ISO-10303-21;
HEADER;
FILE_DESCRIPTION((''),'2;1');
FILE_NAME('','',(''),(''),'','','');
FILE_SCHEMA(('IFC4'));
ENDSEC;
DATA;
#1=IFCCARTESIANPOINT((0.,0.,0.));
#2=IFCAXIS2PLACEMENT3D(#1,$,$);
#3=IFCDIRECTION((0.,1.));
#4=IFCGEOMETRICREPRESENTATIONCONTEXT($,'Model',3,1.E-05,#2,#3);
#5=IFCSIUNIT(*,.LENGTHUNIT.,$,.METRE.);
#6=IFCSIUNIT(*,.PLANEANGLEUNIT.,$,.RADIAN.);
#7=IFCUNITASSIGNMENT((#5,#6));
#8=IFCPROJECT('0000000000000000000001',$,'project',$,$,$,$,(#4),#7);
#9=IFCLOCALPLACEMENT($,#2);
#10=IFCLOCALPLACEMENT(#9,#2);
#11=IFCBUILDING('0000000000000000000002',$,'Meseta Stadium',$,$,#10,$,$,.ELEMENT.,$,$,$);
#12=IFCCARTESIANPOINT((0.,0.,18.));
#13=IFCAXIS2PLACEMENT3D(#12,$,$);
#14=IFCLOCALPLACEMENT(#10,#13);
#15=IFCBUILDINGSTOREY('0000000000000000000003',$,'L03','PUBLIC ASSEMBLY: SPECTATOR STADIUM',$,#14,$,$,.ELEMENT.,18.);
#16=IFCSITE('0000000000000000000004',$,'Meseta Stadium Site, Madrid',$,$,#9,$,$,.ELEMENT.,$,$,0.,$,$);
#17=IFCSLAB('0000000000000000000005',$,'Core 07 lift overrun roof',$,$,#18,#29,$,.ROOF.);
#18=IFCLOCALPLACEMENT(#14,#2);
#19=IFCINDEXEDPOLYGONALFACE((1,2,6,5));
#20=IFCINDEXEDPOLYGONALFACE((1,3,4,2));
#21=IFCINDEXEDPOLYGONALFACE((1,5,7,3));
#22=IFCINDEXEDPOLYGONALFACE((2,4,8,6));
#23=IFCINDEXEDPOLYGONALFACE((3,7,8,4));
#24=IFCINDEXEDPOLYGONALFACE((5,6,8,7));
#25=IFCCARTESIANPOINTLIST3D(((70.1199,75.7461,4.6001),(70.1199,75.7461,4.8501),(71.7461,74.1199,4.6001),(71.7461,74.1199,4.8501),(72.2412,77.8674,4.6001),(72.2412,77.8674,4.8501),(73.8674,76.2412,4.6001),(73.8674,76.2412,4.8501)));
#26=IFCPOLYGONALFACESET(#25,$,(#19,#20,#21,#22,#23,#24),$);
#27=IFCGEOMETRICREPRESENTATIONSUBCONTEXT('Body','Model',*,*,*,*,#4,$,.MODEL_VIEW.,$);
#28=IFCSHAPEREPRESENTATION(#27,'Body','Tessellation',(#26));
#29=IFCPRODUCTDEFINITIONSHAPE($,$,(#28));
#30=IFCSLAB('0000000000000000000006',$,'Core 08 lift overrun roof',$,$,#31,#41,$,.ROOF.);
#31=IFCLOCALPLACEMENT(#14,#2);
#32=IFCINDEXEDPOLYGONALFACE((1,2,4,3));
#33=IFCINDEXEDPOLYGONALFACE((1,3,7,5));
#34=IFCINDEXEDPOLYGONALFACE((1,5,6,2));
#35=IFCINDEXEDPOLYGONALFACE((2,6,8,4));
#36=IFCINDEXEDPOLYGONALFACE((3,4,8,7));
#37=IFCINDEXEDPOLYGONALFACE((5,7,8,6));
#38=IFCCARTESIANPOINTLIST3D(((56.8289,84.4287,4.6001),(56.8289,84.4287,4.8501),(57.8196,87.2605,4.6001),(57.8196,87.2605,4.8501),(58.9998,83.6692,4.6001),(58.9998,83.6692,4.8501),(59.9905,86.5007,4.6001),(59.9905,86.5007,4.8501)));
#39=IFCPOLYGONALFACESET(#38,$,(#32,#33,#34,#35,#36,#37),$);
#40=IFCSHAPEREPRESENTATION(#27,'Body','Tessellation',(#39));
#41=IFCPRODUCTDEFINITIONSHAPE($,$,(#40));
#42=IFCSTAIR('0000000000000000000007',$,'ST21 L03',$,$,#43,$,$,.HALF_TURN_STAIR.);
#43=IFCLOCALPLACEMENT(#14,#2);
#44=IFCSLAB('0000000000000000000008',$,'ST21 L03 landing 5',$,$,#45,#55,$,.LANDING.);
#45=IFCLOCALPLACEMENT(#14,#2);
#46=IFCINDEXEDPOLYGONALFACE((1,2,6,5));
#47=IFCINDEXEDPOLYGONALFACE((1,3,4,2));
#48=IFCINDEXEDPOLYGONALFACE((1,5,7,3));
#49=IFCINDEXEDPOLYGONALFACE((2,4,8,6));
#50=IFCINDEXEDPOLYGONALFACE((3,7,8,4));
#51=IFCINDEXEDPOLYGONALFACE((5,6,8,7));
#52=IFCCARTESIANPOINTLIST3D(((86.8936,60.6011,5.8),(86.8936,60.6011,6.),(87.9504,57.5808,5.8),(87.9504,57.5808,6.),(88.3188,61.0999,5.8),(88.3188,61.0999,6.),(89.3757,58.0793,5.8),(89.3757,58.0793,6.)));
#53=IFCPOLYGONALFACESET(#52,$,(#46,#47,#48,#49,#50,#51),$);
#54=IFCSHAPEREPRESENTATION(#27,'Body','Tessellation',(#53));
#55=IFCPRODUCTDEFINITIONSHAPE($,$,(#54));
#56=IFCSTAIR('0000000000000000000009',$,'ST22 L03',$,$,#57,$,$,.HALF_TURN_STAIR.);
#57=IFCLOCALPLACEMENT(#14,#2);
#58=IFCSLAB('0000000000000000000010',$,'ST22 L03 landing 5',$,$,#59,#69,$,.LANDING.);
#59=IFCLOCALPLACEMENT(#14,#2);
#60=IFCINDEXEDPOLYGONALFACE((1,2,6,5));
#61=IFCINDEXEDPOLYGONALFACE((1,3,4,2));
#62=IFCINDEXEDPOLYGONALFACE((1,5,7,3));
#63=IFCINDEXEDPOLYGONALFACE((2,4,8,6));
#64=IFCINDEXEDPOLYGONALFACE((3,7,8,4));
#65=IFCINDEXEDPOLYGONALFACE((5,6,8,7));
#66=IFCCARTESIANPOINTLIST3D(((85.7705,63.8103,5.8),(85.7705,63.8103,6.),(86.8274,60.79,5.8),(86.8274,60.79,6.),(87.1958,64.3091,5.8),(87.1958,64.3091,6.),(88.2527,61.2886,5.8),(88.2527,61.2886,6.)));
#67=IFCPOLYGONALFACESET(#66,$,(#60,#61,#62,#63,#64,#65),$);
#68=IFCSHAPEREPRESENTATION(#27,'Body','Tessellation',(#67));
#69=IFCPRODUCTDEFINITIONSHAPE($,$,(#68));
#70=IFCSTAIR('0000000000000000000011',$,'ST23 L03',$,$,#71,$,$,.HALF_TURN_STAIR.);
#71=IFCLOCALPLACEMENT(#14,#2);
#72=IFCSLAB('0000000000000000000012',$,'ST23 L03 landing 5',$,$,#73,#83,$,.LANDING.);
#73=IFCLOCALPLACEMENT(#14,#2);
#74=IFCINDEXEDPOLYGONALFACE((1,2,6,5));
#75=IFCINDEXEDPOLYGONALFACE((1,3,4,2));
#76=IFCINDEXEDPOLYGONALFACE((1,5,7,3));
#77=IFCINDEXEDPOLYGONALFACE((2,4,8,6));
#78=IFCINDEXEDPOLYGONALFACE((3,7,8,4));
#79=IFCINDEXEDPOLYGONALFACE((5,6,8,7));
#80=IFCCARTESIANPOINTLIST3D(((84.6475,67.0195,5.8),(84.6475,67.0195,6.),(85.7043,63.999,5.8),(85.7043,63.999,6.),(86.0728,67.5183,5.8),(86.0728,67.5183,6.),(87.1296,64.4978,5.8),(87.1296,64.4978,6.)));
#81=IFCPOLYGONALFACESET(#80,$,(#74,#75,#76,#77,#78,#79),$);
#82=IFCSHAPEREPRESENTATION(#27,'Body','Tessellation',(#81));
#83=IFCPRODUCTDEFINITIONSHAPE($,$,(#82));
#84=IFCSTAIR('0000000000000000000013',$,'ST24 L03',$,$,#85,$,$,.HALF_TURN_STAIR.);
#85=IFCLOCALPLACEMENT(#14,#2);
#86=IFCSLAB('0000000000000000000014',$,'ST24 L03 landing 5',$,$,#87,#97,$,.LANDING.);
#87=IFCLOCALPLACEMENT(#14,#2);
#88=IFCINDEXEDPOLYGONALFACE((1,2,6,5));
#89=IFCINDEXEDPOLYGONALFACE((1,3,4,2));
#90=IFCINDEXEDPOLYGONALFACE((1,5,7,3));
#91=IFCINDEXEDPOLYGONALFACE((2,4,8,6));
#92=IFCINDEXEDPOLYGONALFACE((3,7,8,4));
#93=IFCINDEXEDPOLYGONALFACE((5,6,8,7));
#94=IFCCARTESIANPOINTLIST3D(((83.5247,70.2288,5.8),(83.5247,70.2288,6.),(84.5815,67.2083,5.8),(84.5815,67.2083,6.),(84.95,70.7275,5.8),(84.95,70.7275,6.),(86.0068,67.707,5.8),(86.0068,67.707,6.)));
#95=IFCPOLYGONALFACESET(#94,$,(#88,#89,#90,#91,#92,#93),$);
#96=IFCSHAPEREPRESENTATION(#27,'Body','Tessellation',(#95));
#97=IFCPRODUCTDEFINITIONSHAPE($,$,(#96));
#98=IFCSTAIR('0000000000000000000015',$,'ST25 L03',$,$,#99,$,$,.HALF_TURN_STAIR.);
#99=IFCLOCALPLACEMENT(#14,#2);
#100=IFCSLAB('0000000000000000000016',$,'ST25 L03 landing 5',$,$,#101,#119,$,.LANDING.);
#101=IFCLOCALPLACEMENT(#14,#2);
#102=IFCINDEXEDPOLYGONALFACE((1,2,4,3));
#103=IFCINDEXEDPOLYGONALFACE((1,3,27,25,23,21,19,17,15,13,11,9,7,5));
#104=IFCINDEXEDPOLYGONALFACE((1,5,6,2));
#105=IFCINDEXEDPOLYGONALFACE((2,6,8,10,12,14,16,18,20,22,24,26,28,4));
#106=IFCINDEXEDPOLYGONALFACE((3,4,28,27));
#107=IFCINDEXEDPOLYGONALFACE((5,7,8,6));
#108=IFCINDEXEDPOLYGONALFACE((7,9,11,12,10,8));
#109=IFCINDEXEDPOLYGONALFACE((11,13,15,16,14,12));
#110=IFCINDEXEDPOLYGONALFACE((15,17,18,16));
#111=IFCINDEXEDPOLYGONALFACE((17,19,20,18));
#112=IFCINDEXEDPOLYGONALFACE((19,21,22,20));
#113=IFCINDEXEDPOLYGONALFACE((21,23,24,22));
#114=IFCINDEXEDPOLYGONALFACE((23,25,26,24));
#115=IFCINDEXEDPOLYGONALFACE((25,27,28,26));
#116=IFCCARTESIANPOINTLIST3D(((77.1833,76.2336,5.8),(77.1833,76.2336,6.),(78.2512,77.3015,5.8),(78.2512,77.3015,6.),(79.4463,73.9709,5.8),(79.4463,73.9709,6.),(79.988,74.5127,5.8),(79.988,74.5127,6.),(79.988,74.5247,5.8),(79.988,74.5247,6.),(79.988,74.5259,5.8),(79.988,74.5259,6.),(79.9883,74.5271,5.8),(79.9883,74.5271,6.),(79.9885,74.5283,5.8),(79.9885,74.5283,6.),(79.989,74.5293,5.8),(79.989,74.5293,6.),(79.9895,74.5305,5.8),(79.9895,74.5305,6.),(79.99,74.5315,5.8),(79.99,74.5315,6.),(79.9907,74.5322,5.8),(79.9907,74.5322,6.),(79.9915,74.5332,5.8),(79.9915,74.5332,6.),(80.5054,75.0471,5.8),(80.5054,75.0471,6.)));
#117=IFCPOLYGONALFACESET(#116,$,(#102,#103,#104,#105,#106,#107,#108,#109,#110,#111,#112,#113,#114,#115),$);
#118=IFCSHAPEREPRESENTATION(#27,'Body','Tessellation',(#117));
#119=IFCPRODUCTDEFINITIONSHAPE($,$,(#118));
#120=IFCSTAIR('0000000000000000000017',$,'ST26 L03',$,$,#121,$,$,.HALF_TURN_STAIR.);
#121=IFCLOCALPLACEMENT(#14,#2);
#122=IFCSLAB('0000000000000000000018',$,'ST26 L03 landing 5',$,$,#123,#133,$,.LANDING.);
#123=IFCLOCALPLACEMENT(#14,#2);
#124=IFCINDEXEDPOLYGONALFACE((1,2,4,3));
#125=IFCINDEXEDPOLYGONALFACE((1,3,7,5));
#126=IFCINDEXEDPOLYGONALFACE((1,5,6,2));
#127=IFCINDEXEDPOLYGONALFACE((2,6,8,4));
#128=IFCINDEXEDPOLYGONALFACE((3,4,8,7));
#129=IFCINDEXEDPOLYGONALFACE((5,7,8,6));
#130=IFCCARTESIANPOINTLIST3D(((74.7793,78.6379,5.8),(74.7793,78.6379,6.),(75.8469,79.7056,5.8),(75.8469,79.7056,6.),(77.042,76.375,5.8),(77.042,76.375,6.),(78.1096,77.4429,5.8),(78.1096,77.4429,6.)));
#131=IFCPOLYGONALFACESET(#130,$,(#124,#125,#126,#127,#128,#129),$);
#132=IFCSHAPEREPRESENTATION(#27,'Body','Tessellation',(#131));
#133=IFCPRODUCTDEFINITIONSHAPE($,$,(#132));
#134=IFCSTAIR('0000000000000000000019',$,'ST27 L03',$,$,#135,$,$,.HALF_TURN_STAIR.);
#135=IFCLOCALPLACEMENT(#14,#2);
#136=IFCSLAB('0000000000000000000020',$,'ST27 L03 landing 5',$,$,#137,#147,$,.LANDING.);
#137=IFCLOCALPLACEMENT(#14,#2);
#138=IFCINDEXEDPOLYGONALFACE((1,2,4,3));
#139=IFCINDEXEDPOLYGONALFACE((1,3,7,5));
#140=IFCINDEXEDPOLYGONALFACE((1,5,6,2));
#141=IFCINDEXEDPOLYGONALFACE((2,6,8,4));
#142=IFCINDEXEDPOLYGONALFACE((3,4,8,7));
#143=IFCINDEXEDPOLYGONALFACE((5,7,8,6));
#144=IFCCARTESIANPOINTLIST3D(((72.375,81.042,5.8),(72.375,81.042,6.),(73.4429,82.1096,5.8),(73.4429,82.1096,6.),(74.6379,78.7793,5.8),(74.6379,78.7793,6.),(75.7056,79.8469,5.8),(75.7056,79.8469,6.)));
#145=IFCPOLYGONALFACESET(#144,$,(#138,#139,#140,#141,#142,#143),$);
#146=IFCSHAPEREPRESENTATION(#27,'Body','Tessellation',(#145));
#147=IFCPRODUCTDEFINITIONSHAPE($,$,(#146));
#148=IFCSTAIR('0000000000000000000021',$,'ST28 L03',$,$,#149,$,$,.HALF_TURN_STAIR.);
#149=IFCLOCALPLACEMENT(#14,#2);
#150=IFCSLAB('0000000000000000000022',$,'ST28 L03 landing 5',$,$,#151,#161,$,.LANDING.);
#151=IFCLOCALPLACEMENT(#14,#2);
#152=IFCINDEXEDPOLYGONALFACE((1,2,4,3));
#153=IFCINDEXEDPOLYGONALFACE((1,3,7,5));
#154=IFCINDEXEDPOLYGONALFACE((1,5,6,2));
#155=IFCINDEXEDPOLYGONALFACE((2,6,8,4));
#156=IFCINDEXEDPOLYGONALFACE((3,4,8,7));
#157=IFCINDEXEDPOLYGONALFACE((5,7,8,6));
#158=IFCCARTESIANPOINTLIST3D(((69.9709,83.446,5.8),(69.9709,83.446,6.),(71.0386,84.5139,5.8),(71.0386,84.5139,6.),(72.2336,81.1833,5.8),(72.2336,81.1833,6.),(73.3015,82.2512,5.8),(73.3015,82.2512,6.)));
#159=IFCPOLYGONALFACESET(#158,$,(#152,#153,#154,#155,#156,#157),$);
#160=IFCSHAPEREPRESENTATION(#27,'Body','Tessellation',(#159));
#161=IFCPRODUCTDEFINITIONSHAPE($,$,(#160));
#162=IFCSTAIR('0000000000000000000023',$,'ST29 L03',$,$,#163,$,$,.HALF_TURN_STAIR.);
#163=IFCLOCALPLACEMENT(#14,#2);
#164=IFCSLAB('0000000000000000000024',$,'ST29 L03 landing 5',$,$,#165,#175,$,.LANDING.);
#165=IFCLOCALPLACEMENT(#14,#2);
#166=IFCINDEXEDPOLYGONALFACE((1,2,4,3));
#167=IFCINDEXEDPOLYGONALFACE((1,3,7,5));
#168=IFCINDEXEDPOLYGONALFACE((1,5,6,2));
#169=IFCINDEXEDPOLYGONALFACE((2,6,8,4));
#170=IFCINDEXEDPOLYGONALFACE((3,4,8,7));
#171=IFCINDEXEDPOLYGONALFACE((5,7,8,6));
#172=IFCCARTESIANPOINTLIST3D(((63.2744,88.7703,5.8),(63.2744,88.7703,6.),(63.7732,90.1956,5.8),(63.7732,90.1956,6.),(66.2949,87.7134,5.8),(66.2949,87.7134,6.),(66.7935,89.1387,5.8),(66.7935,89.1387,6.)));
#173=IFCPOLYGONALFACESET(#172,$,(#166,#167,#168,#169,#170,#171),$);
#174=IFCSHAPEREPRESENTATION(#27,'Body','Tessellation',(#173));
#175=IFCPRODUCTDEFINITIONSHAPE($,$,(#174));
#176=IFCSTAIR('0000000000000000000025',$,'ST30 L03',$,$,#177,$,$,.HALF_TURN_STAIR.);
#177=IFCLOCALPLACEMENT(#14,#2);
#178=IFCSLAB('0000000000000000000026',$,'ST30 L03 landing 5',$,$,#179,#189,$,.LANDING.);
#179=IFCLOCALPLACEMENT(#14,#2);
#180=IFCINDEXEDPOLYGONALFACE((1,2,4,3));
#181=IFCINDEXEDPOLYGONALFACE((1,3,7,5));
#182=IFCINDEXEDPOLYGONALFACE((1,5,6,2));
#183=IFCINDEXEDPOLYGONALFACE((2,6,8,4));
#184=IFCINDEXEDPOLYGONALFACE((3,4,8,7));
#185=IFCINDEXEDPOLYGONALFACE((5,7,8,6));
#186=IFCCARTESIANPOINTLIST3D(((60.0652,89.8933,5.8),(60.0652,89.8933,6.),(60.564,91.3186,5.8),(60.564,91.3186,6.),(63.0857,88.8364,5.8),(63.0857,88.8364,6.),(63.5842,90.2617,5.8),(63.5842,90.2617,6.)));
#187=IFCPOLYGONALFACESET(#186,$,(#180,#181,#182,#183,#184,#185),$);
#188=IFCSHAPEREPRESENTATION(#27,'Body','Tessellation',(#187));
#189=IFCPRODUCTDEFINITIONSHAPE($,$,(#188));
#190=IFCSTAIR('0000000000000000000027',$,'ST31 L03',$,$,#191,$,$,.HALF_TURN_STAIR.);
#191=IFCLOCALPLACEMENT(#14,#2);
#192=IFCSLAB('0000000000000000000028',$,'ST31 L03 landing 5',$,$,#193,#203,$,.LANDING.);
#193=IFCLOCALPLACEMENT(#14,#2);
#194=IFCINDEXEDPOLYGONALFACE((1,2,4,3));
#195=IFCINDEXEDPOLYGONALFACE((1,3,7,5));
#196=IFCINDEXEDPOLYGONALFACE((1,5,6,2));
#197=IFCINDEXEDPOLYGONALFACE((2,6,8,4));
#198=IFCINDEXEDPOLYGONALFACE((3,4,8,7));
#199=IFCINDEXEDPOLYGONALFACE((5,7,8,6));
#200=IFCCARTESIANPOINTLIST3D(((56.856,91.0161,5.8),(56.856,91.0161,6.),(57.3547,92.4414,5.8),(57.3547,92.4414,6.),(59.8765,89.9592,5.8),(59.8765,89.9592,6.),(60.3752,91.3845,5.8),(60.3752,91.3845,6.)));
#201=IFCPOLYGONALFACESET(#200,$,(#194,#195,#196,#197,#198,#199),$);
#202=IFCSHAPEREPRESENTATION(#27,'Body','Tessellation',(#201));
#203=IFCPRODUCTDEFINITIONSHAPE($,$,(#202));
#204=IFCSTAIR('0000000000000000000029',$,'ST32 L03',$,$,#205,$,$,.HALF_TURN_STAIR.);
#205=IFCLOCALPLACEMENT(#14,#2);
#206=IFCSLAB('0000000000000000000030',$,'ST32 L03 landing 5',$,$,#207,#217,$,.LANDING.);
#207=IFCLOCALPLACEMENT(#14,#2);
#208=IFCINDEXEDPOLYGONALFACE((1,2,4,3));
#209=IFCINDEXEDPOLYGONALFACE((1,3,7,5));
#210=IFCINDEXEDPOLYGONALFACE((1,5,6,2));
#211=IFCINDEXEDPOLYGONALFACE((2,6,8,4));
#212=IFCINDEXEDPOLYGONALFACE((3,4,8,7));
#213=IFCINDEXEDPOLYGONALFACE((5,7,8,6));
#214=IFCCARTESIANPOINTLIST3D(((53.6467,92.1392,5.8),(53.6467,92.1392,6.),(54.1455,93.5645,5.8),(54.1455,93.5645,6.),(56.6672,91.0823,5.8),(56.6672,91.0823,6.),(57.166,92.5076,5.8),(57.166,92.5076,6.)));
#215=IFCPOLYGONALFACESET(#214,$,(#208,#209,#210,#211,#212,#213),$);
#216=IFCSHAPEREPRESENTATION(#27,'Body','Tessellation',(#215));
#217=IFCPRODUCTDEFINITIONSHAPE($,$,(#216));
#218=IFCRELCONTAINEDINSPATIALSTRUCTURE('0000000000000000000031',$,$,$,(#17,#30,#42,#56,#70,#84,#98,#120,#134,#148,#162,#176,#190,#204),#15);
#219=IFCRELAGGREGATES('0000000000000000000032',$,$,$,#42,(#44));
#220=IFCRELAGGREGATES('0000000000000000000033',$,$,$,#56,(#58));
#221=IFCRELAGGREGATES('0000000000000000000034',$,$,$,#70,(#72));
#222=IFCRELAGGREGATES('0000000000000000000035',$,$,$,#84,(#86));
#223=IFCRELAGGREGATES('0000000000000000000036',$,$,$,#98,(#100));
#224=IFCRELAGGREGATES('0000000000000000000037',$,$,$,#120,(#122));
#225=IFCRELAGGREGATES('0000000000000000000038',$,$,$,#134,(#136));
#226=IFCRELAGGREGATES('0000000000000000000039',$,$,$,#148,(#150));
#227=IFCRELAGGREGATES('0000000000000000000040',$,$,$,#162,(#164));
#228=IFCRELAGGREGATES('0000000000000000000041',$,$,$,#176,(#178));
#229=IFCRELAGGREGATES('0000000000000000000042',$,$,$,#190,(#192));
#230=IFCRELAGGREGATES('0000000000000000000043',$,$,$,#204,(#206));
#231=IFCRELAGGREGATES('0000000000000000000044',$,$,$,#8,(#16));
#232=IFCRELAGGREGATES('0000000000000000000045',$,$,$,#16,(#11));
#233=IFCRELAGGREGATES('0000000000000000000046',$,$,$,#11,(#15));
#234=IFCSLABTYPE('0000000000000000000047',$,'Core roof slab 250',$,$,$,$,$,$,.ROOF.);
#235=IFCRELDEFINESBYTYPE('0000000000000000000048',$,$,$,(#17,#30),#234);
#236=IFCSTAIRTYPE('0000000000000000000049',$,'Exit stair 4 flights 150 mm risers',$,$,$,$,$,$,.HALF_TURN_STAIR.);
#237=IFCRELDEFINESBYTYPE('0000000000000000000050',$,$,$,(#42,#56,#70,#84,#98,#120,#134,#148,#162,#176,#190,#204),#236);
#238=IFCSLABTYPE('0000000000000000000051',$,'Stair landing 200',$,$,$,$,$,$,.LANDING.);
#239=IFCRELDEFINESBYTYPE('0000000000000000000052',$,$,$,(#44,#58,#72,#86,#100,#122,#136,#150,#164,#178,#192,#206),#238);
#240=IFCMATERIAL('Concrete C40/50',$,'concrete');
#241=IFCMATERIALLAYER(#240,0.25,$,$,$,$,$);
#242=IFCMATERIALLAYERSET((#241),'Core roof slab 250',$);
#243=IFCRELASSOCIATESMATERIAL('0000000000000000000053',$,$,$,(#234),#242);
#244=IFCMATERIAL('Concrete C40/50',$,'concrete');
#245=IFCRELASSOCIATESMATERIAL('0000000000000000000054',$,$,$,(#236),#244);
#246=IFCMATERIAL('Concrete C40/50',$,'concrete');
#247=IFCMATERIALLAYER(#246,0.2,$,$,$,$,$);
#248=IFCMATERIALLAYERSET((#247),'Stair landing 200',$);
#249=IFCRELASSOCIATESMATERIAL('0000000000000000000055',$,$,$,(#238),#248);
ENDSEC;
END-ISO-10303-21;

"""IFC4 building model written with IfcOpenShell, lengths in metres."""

from ifc_helpers import new_model, si_unit, direction, frame, origin, place, context, subcontext, project, spatial, polyline, outline, extrude, material, layer, layer_set, type_object, element, aggregate, save


model = new_model("IFC4")

# Units and contexts
model_context = context("Model", 3, precision=1e-05, world=origin(), true_north=direction((0.0, 1.0)))
body_context = subcontext(model_context, "Body", "Model", "MODEL_VIEW")
ifc_project = project(units=[si_unit("LENGTHUNIT", "METRE"), si_unit("PLANEANGLEUNIT", "RADIAN")], contexts=[model_context])

# Site, building, storey
site_placement = place(None, origin())
site = spatial("IfcSite", under=ifc_project, at=site_placement, Name="Meseta Stadium Site, Madrid", CompositionType="ELEMENT", RefElevation=0.0)
building_placement = place(site_placement, origin())
building = spatial("IfcBuilding", under=site, at=building_placement, Name="Meseta Stadium", CompositionType="ELEMENT")
storey_placement = place(building_placement, frame((0.0, 0.0, 18.0)))
storey = spatial("IfcBuildingStorey", under=building, at=storey_placement, Name="L03", Description="PUBLIC ASSEMBLY: SPECTATOR STADIUM", CompositionType="ELEMENT", Elevation=18.0)

# Slabs
ifc_material_1 = material(Name="Concrete C40/50", Category="concrete")
ifc_layer_1 = layer(ifc_material_1, 0.25)
ifc_layer_set_1 = layer_set([ifc_layer_1], Name="Core roof slab 250")
slab_type_1 = type_object("IfcSlabType", Name="Core roof slab 250", PredefinedType="ROOF", material=ifc_layer_set_1)
slab_1_placement = place(storey_placement, frame((0.0, 0.0, 4.6001)))
element("IfcSlab", 1, at=slab_1_placement, inside=storey, type_object=slab_type_1, Name="Core 07 lift overrun roof", PredefinedType="ROOF", context=body_context, shape_type="SweptSolid", body=[
    extrude(outline(polyline([(73.8674, 76.2412), (71.7461, 74.1199), (70.1199, 75.7461), (72.2412, 77.8674), (73.8674, 76.2412)])), origin(), (0.0, 0.0, 1.0), 0.25),
])
slab_2_placement = place(storey_placement, frame((0.0, 0.0, 4.6001)))
element("IfcSlab", 2, at=slab_2_placement, inside=storey, type_object=slab_type_1, Name="Core 08 lift overrun roof", PredefinedType="ROOF", context=body_context, shape_type="SweptSolid", body=[
    extrude(outline(polyline([(59.9905, 86.5007), (58.9998, 83.6692), (56.8289, 84.4287), (57.8196, 87.2605), (59.9905, 86.5007)])), origin(), (0.0, 0.0, 1.0), 0.25),
])

# Stairs, slabs
ifc_material_2 = material(Name="Concrete C40/50", Category="concrete")
stair_type = type_object("IfcStairType", Name="Exit stair 4 flights 150 mm risers", PredefinedType="HALF_TURN_STAIR", material=ifc_material_2)
stair_1_placement = place(storey_placement, origin())
stair_1 = element("IfcStair", 3, at=stair_1_placement, inside=storey, type_object=stair_type, Name="ST21 L03", PredefinedType="HALF_TURN_STAIR")
ifc_material_3 = material(Name="Concrete C40/50", Category="concrete")
ifc_layer_2 = layer(ifc_material_3, 0.2)
ifc_layer_set_2 = layer_set([ifc_layer_2], Name="Stair landing 200")
slab_type_2 = type_object("IfcSlabType", Name="Stair landing 200", PredefinedType="LANDING", material=ifc_layer_set_2)
slab_3_placement = place(storey_placement, frame((0.0, 0.0, 5.8)))
slab_3 = element("IfcSlab", 4, at=slab_3_placement, type_object=slab_type_2, Name="ST21 L03 landing 5", PredefinedType="LANDING", context=body_context, shape_type="SweptSolid", body=[
    extrude(outline(polyline([(87.9504, 57.5808), (89.3757, 58.0793), (88.3188, 61.0999), (86.8936, 60.6011), (87.9504, 57.5808)])), origin(), (0.0, 0.0, 1.0), 0.2),
])
aggregate(stair_1, [slab_3])
stair_2_placement = place(storey_placement, origin())
stair_2 = element("IfcStair", 5, at=stair_2_placement, inside=storey, type_object=stair_type, Name="ST22 L03", PredefinedType="HALF_TURN_STAIR")
slab_4_placement = place(storey_placement, frame((0.0, 0.0, 5.8)))
slab_4 = element("IfcSlab", 6, at=slab_4_placement, type_object=slab_type_2, Name="ST22 L03 landing 5", PredefinedType="LANDING", context=body_context, shape_type="SweptSolid", body=[
    extrude(outline(polyline([(86.8274, 60.79), (88.2527, 61.2886), (87.1958, 64.3091), (85.7705, 63.8103), (86.8274, 60.79)])), origin(), (0.0, 0.0, 1.0), 0.2),
])
aggregate(stair_2, [slab_4])
stair_3_placement = place(storey_placement, origin())
stair_3 = element("IfcStair", 7, at=stair_3_placement, inside=storey, type_object=stair_type, Name="ST23 L03", PredefinedType="HALF_TURN_STAIR")
slab_5_placement = place(storey_placement, frame((0.0, 0.0, 5.8)))
slab_5 = element("IfcSlab", 8, at=slab_5_placement, type_object=slab_type_2, Name="ST23 L03 landing 5", PredefinedType="LANDING", context=body_context, shape_type="SweptSolid", body=[
    extrude(outline(polyline([(85.7043, 63.999), (87.1296, 64.4978), (86.0728, 67.5183), (84.6475, 67.0195), (85.7043, 63.999)])), origin(), (0.0, 0.0, 1.0), 0.2),
])
aggregate(stair_3, [slab_5])
stair_4_placement = place(storey_placement, origin())
stair_4 = element("IfcStair", 9, at=stair_4_placement, inside=storey, type_object=stair_type, Name="ST24 L03", PredefinedType="HALF_TURN_STAIR")
slab_6_placement = place(storey_placement, frame((0.0, 0.0, 5.8)))
slab_6 = element("IfcSlab", 10, at=slab_6_placement, type_object=slab_type_2, Name="ST24 L03 landing 5", PredefinedType="LANDING", context=body_context, shape_type="SweptSolid", body=[
    extrude(outline(polyline([(84.5815, 67.2083), (86.0068, 67.707), (84.95, 70.7275), (83.5247, 70.2288), (84.5815, 67.2083)])), origin(), (0.0, 0.0, 1.0), 0.2),
])
aggregate(stair_4, [slab_6])
stair_5_placement = place(storey_placement, origin())
stair_5 = element("IfcStair", 11, at=stair_5_placement, inside=storey, type_object=stair_type, Name="ST25 L03", PredefinedType="HALF_TURN_STAIR")
slab_7_placement = place(storey_placement, frame((0.0, 0.0, 5.8)))
slab_7 = element("IfcSlab", 12, at=slab_7_placement, type_object=slab_type_2, Name="ST25 L03 landing 5", PredefinedType="LANDING", context=body_context, shape_type="SweptSolid", body=[
    extrude(outline(polyline([(79.4463, 73.9709), (79.988, 74.5127), (79.988, 74.5247), (79.988, 74.5259), (79.9883, 74.5271), (79.9885, 74.5283), (79.989, 74.5293), (79.9895, 74.5305), (79.99, 74.5315), (79.9907, 74.5322), (79.9915, 74.5332), (80.5054, 75.0471), (78.2512, 77.3015), (77.1833, 76.2336), (79.4463, 73.9709)])), origin(), (0.0, 0.0, 1.0), 0.2),
])
aggregate(stair_5, [slab_7])
stair_6_placement = place(storey_placement, origin())
stair_6 = element("IfcStair", 13, at=stair_6_placement, inside=storey, type_object=stair_type, Name="ST26 L03", PredefinedType="HALF_TURN_STAIR")
slab_8_placement = place(storey_placement, frame((0.0, 0.0, 5.8)))
slab_8 = element("IfcSlab", 14, at=slab_8_placement, type_object=slab_type_2, Name="ST26 L03 landing 5", PredefinedType="LANDING", context=body_context, shape_type="SweptSolid", body=[
    extrude(outline(polyline([(77.042, 76.375), (78.1096, 77.4429), (75.8469, 79.7056), (74.7793, 78.6379), (77.042, 76.375)])), origin(), (0.0, 0.0, 1.0), 0.2),
])
aggregate(stair_6, [slab_8])
stair_7_placement = place(storey_placement, origin())
stair_7 = element("IfcStair", 15, at=stair_7_placement, inside=storey, type_object=stair_type, Name="ST27 L03", PredefinedType="HALF_TURN_STAIR")
slab_9_placement = place(storey_placement, frame((0.0, 0.0, 5.8)))
slab_9 = element("IfcSlab", 16, at=slab_9_placement, type_object=slab_type_2, Name="ST27 L03 landing 5", PredefinedType="LANDING", context=body_context, shape_type="SweptSolid", body=[
    extrude(outline(polyline([(74.6379, 78.7793), (75.7056, 79.8469), (73.4429, 82.1096), (72.375, 81.042), (74.6379, 78.7793)])), origin(), (0.0, 0.0, 1.0), 0.2),
])
aggregate(stair_7, [slab_9])
stair_8_placement = place(storey_placement, origin())
stair_8 = element("IfcStair", 17, at=stair_8_placement, inside=storey, type_object=stair_type, Name="ST28 L03", PredefinedType="HALF_TURN_STAIR")
slab_10_placement = place(storey_placement, frame((0.0, 0.0, 5.8)))
slab_10 = element("IfcSlab", 18, at=slab_10_placement, type_object=slab_type_2, Name="ST28 L03 landing 5", PredefinedType="LANDING", context=body_context, shape_type="SweptSolid", body=[
    extrude(outline(polyline([(72.2336, 81.1833), (73.3015, 82.2512), (71.0386, 84.5139), (69.9709, 83.446), (72.2336, 81.1833)])), origin(), (0.0, 0.0, 1.0), 0.2),
])
aggregate(stair_8, [slab_10])
stair_9_placement = place(storey_placement, origin())
stair_9 = element("IfcStair", 19, at=stair_9_placement, inside=storey, type_object=stair_type, Name="ST29 L03", PredefinedType="HALF_TURN_STAIR")
slab_11_placement = place(storey_placement, frame((0.0, 0.0, 5.8)))
slab_11 = element("IfcSlab", 20, at=slab_11_placement, type_object=slab_type_2, Name="ST29 L03 landing 5", PredefinedType="LANDING", context=body_context, shape_type="SweptSolid", body=[
    extrude(outline(polyline([(66.2949, 87.7134), (66.7935, 89.1387), (63.7732, 90.1956), (63.2744, 88.7703), (66.2949, 87.7134)])), origin(), (0.0, 0.0, 1.0), 0.2),
])
aggregate(stair_9, [slab_11])
stair_10_placement = place(storey_placement, origin())
stair_10 = element("IfcStair", 21, at=stair_10_placement, inside=storey, type_object=stair_type, Name="ST30 L03", PredefinedType="HALF_TURN_STAIR")
slab_12_placement = place(storey_placement, frame((0.0, 0.0, 5.8)))
slab_12 = element("IfcSlab", 22, at=slab_12_placement, type_object=slab_type_2, Name="ST30 L03 landing 5", PredefinedType="LANDING", context=body_context, shape_type="SweptSolid", body=[
    extrude(outline(polyline([(63.0857, 88.8364), (63.5842, 90.2617), (60.564, 91.3186), (60.0652, 89.8933), (63.0857, 88.8364)])), origin(), (0.0, 0.0, 1.0), 0.2),
])
aggregate(stair_10, [slab_12])
stair_11_placement = place(storey_placement, origin())
stair_11 = element("IfcStair", 23, at=stair_11_placement, inside=storey, type_object=stair_type, Name="ST31 L03", PredefinedType="HALF_TURN_STAIR")
slab_13_placement = place(storey_placement, frame((0.0, 0.0, 5.8)))
slab_13 = element("IfcSlab", 24, at=slab_13_placement, type_object=slab_type_2, Name="ST31 L03 landing 5", PredefinedType="LANDING", context=body_context, shape_type="SweptSolid", body=[
    extrude(outline(polyline([(59.8765, 89.9592), (60.3752, 91.3845), (57.3547, 92.4414), (56.856, 91.0161), (59.8765, 89.9592)])), origin(), (0.0, 0.0, 1.0), 0.2),
])
aggregate(stair_11, [slab_13])
stair_12_placement = place(storey_placement, origin())
stair_12 = element("IfcStair", 25, at=stair_12_placement, inside=storey, type_object=stair_type, Name="ST32 L03", PredefinedType="HALF_TURN_STAIR")
slab_14_placement = place(storey_placement, frame((0.0, 0.0, 5.8)))
slab_14 = element("IfcSlab", 26, at=slab_14_placement, type_object=slab_type_2, Name="ST32 L03 landing 5", PredefinedType="LANDING", context=body_context, shape_type="SweptSolid", body=[
    extrude(outline(polyline([(56.6672, 91.0823), (57.166, 92.5076), (54.1455, 93.5645), (53.6467, 92.1392), (56.6672, 91.0823)])), origin(), (0.0, 0.0, 1.0), 0.2),
])
aggregate(stair_12, [slab_14])

save(model, "model.ifc")
